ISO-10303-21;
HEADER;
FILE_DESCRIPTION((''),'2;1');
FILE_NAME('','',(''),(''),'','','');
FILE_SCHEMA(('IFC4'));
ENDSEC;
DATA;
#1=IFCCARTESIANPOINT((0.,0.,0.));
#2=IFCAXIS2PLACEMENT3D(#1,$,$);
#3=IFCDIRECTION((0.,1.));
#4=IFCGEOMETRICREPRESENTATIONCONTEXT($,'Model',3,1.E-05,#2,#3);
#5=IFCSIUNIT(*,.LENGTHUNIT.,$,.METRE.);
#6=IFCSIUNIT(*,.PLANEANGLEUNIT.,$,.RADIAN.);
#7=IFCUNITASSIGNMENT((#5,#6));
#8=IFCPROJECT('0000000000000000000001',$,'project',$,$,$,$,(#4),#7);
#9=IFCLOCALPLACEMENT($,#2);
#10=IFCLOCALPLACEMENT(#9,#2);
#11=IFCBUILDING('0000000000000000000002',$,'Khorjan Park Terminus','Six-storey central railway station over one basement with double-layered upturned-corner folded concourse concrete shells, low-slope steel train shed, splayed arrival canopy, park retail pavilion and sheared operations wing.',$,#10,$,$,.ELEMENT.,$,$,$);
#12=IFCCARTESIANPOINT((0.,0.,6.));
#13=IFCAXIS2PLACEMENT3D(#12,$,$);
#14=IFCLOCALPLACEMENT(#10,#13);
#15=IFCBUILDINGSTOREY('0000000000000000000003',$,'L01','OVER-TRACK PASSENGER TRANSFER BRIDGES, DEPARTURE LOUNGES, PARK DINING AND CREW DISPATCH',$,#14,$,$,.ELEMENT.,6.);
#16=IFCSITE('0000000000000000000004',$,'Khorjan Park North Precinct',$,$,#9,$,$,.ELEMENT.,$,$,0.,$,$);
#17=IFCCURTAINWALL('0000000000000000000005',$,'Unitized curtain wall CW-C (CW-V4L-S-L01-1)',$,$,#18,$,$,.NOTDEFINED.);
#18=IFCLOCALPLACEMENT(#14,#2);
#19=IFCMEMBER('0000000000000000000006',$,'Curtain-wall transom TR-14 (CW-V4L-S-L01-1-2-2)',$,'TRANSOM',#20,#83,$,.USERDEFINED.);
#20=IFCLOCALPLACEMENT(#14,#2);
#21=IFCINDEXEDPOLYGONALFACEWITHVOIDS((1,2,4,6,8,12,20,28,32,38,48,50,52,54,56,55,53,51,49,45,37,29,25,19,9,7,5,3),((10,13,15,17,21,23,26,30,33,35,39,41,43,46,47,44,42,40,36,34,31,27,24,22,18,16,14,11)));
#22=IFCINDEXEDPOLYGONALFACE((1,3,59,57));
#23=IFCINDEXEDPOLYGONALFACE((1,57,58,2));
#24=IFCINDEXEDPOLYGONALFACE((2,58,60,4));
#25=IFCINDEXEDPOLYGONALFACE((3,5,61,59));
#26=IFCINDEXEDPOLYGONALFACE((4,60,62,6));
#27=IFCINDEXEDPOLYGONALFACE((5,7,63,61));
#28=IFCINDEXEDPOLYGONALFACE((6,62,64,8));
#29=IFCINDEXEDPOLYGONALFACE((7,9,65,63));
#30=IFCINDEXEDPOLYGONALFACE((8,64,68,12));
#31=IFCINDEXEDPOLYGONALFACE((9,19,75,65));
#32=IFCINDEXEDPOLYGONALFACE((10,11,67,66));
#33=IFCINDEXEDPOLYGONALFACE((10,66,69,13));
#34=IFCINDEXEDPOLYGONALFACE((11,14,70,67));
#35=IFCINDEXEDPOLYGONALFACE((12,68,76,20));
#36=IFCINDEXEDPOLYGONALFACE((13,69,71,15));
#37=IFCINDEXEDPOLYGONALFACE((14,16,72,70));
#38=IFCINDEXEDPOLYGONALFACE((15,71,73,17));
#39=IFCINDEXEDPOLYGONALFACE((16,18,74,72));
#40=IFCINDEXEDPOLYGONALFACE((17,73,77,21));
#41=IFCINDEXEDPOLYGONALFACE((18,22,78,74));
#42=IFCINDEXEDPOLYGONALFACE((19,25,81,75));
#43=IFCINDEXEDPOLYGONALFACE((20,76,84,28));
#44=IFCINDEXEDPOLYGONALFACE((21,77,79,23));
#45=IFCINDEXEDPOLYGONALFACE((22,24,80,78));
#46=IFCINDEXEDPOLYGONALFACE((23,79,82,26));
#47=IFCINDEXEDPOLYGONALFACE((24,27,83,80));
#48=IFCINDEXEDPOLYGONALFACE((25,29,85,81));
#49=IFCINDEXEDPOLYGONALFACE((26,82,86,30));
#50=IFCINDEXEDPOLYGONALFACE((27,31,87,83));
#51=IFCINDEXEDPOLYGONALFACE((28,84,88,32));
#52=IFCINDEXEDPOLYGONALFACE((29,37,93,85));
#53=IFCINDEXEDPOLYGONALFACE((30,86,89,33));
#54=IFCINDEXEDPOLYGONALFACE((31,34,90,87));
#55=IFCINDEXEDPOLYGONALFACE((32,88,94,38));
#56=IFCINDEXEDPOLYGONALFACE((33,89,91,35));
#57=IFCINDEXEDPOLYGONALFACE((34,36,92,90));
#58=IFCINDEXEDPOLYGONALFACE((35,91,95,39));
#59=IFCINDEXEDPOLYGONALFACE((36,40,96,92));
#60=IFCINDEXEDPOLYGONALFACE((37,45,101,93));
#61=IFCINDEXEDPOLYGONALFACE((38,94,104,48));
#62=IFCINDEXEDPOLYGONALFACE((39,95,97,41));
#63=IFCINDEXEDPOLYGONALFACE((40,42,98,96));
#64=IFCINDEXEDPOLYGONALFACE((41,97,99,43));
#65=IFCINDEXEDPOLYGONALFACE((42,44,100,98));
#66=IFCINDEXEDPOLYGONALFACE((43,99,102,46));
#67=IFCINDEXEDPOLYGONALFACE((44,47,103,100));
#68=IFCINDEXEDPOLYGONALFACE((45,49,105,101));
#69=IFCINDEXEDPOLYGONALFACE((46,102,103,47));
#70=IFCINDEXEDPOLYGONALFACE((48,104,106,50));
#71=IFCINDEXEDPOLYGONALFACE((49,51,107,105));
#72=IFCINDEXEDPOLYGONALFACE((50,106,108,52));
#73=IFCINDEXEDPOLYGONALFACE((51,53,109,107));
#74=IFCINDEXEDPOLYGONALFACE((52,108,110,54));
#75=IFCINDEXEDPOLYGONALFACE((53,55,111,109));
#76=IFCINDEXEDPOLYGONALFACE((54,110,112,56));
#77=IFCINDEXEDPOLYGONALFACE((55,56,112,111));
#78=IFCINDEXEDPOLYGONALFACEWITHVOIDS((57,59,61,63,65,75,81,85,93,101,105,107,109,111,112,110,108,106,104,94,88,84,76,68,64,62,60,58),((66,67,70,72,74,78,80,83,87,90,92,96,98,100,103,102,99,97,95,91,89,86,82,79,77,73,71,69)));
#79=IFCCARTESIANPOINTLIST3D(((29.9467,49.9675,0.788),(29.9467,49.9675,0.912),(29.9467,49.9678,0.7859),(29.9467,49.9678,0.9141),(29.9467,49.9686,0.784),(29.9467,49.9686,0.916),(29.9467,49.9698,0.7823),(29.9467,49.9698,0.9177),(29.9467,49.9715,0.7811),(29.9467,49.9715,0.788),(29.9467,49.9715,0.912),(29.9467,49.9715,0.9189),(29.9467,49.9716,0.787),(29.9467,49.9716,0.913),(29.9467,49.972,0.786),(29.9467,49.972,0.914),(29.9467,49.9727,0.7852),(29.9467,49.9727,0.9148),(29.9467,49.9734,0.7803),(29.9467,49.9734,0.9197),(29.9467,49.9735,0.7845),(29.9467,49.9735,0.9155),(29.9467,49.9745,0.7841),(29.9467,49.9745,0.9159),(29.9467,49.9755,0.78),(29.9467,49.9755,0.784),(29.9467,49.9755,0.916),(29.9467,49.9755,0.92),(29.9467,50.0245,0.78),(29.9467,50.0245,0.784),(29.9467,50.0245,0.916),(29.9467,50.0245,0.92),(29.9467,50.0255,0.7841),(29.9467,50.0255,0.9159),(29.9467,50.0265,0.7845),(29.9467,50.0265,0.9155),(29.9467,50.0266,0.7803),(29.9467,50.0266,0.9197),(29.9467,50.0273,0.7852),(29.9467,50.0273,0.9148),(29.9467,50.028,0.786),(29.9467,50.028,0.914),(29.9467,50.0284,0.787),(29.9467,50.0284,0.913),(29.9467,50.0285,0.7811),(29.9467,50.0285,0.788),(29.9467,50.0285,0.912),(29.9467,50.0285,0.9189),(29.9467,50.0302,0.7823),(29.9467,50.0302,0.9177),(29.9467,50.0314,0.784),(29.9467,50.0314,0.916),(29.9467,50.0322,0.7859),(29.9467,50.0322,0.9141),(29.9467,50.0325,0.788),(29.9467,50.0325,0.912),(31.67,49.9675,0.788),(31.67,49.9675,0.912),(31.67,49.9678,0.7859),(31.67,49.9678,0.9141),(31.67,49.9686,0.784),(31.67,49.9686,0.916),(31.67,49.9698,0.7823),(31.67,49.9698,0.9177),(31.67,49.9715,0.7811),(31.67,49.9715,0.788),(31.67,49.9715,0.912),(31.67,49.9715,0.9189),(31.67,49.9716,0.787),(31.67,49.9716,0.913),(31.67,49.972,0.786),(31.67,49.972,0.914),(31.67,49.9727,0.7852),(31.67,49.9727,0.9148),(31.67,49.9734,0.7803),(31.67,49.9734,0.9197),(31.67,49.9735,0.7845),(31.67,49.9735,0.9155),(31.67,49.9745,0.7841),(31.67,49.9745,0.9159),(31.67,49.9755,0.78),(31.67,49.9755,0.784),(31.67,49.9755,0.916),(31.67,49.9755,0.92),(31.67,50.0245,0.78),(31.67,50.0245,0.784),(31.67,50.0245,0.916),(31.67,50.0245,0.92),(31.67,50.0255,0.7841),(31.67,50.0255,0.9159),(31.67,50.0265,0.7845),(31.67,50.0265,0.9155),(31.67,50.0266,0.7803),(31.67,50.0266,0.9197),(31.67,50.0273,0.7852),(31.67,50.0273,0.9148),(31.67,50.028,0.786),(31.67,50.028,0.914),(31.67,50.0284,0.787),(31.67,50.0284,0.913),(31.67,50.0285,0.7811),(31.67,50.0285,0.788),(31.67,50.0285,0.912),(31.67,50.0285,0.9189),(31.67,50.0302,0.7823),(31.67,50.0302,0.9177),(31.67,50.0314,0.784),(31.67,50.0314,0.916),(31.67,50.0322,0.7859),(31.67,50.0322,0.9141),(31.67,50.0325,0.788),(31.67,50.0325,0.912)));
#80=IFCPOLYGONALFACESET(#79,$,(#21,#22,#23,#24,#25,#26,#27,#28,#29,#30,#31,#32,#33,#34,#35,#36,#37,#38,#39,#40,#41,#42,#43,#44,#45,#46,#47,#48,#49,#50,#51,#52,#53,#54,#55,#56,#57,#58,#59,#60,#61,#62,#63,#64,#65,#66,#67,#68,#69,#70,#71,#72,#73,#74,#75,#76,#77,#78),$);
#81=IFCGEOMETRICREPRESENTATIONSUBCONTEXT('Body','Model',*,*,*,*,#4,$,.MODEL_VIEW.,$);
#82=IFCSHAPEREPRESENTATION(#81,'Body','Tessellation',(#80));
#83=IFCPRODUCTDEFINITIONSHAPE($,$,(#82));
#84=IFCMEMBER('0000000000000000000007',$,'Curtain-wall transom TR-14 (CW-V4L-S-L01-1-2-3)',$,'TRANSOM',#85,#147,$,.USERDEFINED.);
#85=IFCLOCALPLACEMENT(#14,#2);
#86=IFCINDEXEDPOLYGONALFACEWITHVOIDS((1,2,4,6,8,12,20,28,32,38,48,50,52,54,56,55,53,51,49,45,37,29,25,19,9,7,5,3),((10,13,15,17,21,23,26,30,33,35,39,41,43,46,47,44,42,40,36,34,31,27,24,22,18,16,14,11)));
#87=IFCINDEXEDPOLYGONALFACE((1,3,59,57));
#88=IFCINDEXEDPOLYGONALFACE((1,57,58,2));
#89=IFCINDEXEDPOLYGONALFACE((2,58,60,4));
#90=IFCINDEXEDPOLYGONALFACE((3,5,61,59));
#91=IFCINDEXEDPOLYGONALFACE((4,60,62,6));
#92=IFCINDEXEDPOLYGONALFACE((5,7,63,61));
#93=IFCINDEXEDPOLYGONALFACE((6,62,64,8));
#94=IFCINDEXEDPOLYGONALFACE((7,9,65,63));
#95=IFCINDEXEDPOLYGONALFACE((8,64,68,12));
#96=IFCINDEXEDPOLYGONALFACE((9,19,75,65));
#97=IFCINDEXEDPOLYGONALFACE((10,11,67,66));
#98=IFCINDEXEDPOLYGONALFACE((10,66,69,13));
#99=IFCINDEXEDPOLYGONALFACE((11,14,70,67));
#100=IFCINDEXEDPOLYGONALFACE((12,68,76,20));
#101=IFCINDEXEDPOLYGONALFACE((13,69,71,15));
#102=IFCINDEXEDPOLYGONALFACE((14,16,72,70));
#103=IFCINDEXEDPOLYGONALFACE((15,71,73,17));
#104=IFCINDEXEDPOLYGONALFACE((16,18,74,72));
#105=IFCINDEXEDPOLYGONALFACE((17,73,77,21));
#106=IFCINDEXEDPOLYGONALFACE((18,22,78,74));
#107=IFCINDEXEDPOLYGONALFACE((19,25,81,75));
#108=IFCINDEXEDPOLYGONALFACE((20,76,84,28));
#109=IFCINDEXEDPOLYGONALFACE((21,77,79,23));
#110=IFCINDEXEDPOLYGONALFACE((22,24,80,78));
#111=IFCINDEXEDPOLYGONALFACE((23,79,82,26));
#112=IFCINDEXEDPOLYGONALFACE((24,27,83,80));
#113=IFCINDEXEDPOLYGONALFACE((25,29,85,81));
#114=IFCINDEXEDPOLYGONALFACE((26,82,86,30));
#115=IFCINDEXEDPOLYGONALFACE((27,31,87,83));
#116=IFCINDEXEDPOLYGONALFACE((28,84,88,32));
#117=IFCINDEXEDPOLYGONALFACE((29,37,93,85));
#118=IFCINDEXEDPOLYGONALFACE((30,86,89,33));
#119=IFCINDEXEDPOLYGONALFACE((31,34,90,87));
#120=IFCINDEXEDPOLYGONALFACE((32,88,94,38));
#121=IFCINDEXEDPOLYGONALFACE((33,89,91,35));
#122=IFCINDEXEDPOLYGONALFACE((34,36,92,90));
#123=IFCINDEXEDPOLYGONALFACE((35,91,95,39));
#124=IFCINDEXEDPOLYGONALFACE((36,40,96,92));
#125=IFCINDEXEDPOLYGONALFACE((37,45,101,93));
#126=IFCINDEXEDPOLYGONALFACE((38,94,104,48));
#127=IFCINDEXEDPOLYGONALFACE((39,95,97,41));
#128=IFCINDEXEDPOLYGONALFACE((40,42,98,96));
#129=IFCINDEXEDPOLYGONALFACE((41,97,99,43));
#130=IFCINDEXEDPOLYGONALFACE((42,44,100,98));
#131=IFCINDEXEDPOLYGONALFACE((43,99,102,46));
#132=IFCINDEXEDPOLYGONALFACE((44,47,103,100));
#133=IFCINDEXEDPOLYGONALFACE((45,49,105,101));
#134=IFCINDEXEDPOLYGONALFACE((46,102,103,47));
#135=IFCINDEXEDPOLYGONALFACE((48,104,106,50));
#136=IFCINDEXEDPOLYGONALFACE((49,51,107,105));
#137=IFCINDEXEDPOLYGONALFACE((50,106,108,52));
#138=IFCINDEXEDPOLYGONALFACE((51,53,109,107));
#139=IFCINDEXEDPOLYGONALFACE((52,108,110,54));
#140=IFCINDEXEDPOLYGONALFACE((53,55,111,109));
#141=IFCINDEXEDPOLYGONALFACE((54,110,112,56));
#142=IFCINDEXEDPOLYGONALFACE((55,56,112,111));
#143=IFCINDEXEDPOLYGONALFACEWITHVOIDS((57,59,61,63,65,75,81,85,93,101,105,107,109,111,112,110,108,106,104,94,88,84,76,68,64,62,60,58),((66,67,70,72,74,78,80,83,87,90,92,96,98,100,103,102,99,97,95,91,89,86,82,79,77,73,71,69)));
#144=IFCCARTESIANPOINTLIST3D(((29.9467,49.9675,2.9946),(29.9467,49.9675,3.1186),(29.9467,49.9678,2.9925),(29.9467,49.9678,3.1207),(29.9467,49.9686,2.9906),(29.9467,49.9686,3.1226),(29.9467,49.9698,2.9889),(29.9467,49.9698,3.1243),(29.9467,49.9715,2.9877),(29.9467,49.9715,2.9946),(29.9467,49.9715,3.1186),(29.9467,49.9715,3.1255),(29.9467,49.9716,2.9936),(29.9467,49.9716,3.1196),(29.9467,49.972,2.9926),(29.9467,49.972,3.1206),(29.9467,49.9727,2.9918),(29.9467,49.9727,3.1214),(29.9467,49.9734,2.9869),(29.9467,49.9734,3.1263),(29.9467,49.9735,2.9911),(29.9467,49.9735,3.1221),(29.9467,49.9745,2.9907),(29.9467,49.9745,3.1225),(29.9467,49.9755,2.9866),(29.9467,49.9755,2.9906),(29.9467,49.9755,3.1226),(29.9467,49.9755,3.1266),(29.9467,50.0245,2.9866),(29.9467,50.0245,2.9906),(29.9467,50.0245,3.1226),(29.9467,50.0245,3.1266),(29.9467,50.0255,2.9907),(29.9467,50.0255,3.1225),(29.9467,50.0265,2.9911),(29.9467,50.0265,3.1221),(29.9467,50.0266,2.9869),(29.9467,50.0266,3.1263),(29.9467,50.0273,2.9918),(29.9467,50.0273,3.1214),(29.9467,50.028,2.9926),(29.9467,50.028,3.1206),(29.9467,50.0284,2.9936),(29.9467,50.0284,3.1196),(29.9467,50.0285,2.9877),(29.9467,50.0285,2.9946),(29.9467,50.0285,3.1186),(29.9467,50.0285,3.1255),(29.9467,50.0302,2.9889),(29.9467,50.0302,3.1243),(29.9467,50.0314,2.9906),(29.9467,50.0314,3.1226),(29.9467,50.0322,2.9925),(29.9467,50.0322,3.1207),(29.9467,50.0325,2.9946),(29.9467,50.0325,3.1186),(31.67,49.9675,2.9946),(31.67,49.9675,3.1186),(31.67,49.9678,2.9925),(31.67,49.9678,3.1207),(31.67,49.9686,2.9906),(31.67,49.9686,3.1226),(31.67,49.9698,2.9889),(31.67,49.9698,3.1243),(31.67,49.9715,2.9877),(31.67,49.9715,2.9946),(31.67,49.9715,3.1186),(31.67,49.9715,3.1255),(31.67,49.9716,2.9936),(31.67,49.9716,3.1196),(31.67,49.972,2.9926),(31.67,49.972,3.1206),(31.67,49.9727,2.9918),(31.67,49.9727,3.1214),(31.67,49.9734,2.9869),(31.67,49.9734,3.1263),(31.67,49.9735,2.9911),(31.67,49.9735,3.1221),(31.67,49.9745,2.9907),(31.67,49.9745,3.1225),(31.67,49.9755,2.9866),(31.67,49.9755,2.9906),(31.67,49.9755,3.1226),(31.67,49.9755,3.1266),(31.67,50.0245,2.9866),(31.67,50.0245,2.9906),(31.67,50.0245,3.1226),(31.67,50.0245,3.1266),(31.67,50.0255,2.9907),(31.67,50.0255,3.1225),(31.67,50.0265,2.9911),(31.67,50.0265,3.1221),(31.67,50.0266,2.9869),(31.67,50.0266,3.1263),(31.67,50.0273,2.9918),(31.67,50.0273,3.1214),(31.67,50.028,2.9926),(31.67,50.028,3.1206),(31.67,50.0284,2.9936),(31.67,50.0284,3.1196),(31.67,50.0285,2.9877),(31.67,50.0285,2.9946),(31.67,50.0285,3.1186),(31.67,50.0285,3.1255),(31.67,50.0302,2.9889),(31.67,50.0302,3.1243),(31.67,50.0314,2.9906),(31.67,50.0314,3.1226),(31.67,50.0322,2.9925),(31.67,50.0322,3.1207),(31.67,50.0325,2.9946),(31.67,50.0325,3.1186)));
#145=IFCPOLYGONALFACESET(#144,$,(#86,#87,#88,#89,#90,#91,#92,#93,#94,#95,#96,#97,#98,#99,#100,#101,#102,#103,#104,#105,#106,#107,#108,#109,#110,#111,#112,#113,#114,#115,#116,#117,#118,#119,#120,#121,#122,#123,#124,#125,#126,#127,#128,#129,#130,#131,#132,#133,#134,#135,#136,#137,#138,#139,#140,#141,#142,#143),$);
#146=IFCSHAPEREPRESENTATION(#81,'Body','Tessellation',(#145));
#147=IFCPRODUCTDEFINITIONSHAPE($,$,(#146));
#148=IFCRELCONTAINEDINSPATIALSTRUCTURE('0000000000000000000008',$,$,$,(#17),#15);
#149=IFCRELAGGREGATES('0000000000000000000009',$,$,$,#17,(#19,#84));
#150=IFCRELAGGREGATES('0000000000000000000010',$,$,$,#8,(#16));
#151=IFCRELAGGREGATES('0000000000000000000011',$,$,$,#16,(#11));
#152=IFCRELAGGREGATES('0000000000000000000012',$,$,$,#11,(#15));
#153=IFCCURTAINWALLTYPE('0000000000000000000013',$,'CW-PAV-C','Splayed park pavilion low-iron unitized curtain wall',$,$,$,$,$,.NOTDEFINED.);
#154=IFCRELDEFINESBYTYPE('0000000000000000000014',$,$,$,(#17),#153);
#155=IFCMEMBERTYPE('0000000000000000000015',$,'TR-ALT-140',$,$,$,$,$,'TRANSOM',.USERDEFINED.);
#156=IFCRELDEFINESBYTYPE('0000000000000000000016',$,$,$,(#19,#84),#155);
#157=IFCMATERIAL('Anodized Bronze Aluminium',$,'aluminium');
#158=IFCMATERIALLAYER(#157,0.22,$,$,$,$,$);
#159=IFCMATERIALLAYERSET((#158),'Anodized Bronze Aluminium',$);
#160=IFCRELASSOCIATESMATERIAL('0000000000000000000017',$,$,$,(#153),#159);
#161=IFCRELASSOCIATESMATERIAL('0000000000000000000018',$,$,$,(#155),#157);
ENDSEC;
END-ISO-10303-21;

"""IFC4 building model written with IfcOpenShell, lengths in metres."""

from ifc_helpers import new_model, si_unit, direction, frame, origin, origin_2d, place, context, subcontext, project, spatial, hollow_rectangle, extrude, material, layer, layer_set, material_profile, profile_set, type_object, element, aggregate, save


model = new_model("IFC4")

# Units and contexts
model_context = context("Model", 3, precision=1e-05, world=origin(), true_north=direction((0.0, 1.0)))
body_context = subcontext(model_context, "Body", "Model", "MODEL_VIEW")
ifc_project = project(units=[si_unit("LENGTHUNIT", "METRE"), si_unit("PLANEANGLEUNIT", "RADIAN")], contexts=[model_context])

# Site, building, storey
site_placement = place(None, origin())
site = spatial("IfcSite", under=ifc_project, at=site_placement, Name="Khorjan Park North Precinct", CompositionType="ELEMENT", RefElevation=0.0)
building_placement = place(site_placement, origin())
building = spatial("IfcBuilding", under=site, at=building_placement, Name="Khorjan Park Terminus", Description="Six-storey central railway station over one basement with double-layered upturned-corner folded concourse concrete shells, low-slope steel train shed, splayed arrival canopy, park retail pavilion and sheared operations wing.", CompositionType="ELEMENT")
storey_placement = place(building_placement, frame((0.0, 0.0, 6.0)))
storey = spatial("IfcBuildingStorey", under=building, at=storey_placement, Name="L01", Description="OVER-TRACK PASSENGER TRANSFER BRIDGES, DEPARTURE LOUNGES, PARK DINING AND CREW DISPATCH", CompositionType="ELEMENT", Elevation=6.0)

# Curtain wall
ifc_material_1 = material(Name="Anodized Bronze Aluminium", Category="aluminium")
ifc_layer_1 = layer(ifc_material_1, 0.22)
ifc_layer_set_1 = layer_set([ifc_layer_1], Name="Anodized Bronze Aluminium")
curtain_wall_type = type_object("IfcCurtainWallType", Name="CW-PAV-C", Description="Splayed park pavilion low-iron unitized curtain wall", PredefinedType="NOTDEFINED", material=ifc_layer_set_1)
curtain_wall_1_placement = place(storey_placement, origin())
curtain_wall_1 = element("IfcCurtainWall", 1, at=curtain_wall_1_placement, inside=storey, type_object=curtain_wall_type, Name="Unitized curtain wall CW-C (CW-V4L-S-L01-1)", PredefinedType="NOTDEFINED")

# Members
ifc_material_profile_1 = material_profile(ifc_material_1, hollow_rectangle(XDim=0.065, YDim=0.14, WallThickness=0.004, InnerFilletRadius=0.004, OuterFilletRadius=0.008, at=origin_2d()), Name="ALT 65x140x4")
ifc_profile_set_1 = profile_set([ifc_material_profile_1], Name="Anodized Bronze Aluminium")
member_type_1 = type_object("IfcMemberType", Name="TR-ALT-140", ElementType="TRANSOM", PredefinedType="USERDEFINED", material=ifc_profile_set_1)
member_1_placement = place(storey_placement, frame((29.9467, 50.0, 0.85), z_axis=(1.0, 0.0, 0.0), x_axis=(0.0, 1.0, 0.0)))
member_1 = element("IfcMember", 2, at=member_1_placement, type_object=member_type_1, Name="Curtain-wall transom TR-14 (CW-V4L-S-L01-1-2-2)", ObjectType="TRANSOM", PredefinedType="USERDEFINED", context=body_context, shape_type="SweptSolid", body=[
    extrude(hollow_rectangle(XDim=0.065, YDim=0.14, WallThickness=0.004, InnerFilletRadius=0.004, OuterFilletRadius=0.008, at=origin_2d()), origin(), (0.0, 0.0, 1.0), 1.7233),
])
member_2_placement = place(storey_placement, frame((29.9467, 50.0, 3.0566), z_axis=(1.0, 0.0, 0.0), x_axis=(0.0, 1.0, 0.0)))
member_2 = element("IfcMember", 3, at=member_2_placement, type_object=member_type_1, Name="Curtain-wall transom TR-14 (CW-V4L-S-L01-1-2-3)", ObjectType="TRANSOM", PredefinedType="USERDEFINED", context=body_context, shape_type="SweptSolid", body=[
    extrude(hollow_rectangle(XDim=0.065, YDim=0.14, WallThickness=0.004, InnerFilletRadius=0.004, OuterFilletRadius=0.008, at=origin_2d()), origin(), (0.0, 0.0, 1.0), 1.7233),
])

aggregate(curtain_wall_1, [member_1, member_2])

save(model, "model.ifc")
